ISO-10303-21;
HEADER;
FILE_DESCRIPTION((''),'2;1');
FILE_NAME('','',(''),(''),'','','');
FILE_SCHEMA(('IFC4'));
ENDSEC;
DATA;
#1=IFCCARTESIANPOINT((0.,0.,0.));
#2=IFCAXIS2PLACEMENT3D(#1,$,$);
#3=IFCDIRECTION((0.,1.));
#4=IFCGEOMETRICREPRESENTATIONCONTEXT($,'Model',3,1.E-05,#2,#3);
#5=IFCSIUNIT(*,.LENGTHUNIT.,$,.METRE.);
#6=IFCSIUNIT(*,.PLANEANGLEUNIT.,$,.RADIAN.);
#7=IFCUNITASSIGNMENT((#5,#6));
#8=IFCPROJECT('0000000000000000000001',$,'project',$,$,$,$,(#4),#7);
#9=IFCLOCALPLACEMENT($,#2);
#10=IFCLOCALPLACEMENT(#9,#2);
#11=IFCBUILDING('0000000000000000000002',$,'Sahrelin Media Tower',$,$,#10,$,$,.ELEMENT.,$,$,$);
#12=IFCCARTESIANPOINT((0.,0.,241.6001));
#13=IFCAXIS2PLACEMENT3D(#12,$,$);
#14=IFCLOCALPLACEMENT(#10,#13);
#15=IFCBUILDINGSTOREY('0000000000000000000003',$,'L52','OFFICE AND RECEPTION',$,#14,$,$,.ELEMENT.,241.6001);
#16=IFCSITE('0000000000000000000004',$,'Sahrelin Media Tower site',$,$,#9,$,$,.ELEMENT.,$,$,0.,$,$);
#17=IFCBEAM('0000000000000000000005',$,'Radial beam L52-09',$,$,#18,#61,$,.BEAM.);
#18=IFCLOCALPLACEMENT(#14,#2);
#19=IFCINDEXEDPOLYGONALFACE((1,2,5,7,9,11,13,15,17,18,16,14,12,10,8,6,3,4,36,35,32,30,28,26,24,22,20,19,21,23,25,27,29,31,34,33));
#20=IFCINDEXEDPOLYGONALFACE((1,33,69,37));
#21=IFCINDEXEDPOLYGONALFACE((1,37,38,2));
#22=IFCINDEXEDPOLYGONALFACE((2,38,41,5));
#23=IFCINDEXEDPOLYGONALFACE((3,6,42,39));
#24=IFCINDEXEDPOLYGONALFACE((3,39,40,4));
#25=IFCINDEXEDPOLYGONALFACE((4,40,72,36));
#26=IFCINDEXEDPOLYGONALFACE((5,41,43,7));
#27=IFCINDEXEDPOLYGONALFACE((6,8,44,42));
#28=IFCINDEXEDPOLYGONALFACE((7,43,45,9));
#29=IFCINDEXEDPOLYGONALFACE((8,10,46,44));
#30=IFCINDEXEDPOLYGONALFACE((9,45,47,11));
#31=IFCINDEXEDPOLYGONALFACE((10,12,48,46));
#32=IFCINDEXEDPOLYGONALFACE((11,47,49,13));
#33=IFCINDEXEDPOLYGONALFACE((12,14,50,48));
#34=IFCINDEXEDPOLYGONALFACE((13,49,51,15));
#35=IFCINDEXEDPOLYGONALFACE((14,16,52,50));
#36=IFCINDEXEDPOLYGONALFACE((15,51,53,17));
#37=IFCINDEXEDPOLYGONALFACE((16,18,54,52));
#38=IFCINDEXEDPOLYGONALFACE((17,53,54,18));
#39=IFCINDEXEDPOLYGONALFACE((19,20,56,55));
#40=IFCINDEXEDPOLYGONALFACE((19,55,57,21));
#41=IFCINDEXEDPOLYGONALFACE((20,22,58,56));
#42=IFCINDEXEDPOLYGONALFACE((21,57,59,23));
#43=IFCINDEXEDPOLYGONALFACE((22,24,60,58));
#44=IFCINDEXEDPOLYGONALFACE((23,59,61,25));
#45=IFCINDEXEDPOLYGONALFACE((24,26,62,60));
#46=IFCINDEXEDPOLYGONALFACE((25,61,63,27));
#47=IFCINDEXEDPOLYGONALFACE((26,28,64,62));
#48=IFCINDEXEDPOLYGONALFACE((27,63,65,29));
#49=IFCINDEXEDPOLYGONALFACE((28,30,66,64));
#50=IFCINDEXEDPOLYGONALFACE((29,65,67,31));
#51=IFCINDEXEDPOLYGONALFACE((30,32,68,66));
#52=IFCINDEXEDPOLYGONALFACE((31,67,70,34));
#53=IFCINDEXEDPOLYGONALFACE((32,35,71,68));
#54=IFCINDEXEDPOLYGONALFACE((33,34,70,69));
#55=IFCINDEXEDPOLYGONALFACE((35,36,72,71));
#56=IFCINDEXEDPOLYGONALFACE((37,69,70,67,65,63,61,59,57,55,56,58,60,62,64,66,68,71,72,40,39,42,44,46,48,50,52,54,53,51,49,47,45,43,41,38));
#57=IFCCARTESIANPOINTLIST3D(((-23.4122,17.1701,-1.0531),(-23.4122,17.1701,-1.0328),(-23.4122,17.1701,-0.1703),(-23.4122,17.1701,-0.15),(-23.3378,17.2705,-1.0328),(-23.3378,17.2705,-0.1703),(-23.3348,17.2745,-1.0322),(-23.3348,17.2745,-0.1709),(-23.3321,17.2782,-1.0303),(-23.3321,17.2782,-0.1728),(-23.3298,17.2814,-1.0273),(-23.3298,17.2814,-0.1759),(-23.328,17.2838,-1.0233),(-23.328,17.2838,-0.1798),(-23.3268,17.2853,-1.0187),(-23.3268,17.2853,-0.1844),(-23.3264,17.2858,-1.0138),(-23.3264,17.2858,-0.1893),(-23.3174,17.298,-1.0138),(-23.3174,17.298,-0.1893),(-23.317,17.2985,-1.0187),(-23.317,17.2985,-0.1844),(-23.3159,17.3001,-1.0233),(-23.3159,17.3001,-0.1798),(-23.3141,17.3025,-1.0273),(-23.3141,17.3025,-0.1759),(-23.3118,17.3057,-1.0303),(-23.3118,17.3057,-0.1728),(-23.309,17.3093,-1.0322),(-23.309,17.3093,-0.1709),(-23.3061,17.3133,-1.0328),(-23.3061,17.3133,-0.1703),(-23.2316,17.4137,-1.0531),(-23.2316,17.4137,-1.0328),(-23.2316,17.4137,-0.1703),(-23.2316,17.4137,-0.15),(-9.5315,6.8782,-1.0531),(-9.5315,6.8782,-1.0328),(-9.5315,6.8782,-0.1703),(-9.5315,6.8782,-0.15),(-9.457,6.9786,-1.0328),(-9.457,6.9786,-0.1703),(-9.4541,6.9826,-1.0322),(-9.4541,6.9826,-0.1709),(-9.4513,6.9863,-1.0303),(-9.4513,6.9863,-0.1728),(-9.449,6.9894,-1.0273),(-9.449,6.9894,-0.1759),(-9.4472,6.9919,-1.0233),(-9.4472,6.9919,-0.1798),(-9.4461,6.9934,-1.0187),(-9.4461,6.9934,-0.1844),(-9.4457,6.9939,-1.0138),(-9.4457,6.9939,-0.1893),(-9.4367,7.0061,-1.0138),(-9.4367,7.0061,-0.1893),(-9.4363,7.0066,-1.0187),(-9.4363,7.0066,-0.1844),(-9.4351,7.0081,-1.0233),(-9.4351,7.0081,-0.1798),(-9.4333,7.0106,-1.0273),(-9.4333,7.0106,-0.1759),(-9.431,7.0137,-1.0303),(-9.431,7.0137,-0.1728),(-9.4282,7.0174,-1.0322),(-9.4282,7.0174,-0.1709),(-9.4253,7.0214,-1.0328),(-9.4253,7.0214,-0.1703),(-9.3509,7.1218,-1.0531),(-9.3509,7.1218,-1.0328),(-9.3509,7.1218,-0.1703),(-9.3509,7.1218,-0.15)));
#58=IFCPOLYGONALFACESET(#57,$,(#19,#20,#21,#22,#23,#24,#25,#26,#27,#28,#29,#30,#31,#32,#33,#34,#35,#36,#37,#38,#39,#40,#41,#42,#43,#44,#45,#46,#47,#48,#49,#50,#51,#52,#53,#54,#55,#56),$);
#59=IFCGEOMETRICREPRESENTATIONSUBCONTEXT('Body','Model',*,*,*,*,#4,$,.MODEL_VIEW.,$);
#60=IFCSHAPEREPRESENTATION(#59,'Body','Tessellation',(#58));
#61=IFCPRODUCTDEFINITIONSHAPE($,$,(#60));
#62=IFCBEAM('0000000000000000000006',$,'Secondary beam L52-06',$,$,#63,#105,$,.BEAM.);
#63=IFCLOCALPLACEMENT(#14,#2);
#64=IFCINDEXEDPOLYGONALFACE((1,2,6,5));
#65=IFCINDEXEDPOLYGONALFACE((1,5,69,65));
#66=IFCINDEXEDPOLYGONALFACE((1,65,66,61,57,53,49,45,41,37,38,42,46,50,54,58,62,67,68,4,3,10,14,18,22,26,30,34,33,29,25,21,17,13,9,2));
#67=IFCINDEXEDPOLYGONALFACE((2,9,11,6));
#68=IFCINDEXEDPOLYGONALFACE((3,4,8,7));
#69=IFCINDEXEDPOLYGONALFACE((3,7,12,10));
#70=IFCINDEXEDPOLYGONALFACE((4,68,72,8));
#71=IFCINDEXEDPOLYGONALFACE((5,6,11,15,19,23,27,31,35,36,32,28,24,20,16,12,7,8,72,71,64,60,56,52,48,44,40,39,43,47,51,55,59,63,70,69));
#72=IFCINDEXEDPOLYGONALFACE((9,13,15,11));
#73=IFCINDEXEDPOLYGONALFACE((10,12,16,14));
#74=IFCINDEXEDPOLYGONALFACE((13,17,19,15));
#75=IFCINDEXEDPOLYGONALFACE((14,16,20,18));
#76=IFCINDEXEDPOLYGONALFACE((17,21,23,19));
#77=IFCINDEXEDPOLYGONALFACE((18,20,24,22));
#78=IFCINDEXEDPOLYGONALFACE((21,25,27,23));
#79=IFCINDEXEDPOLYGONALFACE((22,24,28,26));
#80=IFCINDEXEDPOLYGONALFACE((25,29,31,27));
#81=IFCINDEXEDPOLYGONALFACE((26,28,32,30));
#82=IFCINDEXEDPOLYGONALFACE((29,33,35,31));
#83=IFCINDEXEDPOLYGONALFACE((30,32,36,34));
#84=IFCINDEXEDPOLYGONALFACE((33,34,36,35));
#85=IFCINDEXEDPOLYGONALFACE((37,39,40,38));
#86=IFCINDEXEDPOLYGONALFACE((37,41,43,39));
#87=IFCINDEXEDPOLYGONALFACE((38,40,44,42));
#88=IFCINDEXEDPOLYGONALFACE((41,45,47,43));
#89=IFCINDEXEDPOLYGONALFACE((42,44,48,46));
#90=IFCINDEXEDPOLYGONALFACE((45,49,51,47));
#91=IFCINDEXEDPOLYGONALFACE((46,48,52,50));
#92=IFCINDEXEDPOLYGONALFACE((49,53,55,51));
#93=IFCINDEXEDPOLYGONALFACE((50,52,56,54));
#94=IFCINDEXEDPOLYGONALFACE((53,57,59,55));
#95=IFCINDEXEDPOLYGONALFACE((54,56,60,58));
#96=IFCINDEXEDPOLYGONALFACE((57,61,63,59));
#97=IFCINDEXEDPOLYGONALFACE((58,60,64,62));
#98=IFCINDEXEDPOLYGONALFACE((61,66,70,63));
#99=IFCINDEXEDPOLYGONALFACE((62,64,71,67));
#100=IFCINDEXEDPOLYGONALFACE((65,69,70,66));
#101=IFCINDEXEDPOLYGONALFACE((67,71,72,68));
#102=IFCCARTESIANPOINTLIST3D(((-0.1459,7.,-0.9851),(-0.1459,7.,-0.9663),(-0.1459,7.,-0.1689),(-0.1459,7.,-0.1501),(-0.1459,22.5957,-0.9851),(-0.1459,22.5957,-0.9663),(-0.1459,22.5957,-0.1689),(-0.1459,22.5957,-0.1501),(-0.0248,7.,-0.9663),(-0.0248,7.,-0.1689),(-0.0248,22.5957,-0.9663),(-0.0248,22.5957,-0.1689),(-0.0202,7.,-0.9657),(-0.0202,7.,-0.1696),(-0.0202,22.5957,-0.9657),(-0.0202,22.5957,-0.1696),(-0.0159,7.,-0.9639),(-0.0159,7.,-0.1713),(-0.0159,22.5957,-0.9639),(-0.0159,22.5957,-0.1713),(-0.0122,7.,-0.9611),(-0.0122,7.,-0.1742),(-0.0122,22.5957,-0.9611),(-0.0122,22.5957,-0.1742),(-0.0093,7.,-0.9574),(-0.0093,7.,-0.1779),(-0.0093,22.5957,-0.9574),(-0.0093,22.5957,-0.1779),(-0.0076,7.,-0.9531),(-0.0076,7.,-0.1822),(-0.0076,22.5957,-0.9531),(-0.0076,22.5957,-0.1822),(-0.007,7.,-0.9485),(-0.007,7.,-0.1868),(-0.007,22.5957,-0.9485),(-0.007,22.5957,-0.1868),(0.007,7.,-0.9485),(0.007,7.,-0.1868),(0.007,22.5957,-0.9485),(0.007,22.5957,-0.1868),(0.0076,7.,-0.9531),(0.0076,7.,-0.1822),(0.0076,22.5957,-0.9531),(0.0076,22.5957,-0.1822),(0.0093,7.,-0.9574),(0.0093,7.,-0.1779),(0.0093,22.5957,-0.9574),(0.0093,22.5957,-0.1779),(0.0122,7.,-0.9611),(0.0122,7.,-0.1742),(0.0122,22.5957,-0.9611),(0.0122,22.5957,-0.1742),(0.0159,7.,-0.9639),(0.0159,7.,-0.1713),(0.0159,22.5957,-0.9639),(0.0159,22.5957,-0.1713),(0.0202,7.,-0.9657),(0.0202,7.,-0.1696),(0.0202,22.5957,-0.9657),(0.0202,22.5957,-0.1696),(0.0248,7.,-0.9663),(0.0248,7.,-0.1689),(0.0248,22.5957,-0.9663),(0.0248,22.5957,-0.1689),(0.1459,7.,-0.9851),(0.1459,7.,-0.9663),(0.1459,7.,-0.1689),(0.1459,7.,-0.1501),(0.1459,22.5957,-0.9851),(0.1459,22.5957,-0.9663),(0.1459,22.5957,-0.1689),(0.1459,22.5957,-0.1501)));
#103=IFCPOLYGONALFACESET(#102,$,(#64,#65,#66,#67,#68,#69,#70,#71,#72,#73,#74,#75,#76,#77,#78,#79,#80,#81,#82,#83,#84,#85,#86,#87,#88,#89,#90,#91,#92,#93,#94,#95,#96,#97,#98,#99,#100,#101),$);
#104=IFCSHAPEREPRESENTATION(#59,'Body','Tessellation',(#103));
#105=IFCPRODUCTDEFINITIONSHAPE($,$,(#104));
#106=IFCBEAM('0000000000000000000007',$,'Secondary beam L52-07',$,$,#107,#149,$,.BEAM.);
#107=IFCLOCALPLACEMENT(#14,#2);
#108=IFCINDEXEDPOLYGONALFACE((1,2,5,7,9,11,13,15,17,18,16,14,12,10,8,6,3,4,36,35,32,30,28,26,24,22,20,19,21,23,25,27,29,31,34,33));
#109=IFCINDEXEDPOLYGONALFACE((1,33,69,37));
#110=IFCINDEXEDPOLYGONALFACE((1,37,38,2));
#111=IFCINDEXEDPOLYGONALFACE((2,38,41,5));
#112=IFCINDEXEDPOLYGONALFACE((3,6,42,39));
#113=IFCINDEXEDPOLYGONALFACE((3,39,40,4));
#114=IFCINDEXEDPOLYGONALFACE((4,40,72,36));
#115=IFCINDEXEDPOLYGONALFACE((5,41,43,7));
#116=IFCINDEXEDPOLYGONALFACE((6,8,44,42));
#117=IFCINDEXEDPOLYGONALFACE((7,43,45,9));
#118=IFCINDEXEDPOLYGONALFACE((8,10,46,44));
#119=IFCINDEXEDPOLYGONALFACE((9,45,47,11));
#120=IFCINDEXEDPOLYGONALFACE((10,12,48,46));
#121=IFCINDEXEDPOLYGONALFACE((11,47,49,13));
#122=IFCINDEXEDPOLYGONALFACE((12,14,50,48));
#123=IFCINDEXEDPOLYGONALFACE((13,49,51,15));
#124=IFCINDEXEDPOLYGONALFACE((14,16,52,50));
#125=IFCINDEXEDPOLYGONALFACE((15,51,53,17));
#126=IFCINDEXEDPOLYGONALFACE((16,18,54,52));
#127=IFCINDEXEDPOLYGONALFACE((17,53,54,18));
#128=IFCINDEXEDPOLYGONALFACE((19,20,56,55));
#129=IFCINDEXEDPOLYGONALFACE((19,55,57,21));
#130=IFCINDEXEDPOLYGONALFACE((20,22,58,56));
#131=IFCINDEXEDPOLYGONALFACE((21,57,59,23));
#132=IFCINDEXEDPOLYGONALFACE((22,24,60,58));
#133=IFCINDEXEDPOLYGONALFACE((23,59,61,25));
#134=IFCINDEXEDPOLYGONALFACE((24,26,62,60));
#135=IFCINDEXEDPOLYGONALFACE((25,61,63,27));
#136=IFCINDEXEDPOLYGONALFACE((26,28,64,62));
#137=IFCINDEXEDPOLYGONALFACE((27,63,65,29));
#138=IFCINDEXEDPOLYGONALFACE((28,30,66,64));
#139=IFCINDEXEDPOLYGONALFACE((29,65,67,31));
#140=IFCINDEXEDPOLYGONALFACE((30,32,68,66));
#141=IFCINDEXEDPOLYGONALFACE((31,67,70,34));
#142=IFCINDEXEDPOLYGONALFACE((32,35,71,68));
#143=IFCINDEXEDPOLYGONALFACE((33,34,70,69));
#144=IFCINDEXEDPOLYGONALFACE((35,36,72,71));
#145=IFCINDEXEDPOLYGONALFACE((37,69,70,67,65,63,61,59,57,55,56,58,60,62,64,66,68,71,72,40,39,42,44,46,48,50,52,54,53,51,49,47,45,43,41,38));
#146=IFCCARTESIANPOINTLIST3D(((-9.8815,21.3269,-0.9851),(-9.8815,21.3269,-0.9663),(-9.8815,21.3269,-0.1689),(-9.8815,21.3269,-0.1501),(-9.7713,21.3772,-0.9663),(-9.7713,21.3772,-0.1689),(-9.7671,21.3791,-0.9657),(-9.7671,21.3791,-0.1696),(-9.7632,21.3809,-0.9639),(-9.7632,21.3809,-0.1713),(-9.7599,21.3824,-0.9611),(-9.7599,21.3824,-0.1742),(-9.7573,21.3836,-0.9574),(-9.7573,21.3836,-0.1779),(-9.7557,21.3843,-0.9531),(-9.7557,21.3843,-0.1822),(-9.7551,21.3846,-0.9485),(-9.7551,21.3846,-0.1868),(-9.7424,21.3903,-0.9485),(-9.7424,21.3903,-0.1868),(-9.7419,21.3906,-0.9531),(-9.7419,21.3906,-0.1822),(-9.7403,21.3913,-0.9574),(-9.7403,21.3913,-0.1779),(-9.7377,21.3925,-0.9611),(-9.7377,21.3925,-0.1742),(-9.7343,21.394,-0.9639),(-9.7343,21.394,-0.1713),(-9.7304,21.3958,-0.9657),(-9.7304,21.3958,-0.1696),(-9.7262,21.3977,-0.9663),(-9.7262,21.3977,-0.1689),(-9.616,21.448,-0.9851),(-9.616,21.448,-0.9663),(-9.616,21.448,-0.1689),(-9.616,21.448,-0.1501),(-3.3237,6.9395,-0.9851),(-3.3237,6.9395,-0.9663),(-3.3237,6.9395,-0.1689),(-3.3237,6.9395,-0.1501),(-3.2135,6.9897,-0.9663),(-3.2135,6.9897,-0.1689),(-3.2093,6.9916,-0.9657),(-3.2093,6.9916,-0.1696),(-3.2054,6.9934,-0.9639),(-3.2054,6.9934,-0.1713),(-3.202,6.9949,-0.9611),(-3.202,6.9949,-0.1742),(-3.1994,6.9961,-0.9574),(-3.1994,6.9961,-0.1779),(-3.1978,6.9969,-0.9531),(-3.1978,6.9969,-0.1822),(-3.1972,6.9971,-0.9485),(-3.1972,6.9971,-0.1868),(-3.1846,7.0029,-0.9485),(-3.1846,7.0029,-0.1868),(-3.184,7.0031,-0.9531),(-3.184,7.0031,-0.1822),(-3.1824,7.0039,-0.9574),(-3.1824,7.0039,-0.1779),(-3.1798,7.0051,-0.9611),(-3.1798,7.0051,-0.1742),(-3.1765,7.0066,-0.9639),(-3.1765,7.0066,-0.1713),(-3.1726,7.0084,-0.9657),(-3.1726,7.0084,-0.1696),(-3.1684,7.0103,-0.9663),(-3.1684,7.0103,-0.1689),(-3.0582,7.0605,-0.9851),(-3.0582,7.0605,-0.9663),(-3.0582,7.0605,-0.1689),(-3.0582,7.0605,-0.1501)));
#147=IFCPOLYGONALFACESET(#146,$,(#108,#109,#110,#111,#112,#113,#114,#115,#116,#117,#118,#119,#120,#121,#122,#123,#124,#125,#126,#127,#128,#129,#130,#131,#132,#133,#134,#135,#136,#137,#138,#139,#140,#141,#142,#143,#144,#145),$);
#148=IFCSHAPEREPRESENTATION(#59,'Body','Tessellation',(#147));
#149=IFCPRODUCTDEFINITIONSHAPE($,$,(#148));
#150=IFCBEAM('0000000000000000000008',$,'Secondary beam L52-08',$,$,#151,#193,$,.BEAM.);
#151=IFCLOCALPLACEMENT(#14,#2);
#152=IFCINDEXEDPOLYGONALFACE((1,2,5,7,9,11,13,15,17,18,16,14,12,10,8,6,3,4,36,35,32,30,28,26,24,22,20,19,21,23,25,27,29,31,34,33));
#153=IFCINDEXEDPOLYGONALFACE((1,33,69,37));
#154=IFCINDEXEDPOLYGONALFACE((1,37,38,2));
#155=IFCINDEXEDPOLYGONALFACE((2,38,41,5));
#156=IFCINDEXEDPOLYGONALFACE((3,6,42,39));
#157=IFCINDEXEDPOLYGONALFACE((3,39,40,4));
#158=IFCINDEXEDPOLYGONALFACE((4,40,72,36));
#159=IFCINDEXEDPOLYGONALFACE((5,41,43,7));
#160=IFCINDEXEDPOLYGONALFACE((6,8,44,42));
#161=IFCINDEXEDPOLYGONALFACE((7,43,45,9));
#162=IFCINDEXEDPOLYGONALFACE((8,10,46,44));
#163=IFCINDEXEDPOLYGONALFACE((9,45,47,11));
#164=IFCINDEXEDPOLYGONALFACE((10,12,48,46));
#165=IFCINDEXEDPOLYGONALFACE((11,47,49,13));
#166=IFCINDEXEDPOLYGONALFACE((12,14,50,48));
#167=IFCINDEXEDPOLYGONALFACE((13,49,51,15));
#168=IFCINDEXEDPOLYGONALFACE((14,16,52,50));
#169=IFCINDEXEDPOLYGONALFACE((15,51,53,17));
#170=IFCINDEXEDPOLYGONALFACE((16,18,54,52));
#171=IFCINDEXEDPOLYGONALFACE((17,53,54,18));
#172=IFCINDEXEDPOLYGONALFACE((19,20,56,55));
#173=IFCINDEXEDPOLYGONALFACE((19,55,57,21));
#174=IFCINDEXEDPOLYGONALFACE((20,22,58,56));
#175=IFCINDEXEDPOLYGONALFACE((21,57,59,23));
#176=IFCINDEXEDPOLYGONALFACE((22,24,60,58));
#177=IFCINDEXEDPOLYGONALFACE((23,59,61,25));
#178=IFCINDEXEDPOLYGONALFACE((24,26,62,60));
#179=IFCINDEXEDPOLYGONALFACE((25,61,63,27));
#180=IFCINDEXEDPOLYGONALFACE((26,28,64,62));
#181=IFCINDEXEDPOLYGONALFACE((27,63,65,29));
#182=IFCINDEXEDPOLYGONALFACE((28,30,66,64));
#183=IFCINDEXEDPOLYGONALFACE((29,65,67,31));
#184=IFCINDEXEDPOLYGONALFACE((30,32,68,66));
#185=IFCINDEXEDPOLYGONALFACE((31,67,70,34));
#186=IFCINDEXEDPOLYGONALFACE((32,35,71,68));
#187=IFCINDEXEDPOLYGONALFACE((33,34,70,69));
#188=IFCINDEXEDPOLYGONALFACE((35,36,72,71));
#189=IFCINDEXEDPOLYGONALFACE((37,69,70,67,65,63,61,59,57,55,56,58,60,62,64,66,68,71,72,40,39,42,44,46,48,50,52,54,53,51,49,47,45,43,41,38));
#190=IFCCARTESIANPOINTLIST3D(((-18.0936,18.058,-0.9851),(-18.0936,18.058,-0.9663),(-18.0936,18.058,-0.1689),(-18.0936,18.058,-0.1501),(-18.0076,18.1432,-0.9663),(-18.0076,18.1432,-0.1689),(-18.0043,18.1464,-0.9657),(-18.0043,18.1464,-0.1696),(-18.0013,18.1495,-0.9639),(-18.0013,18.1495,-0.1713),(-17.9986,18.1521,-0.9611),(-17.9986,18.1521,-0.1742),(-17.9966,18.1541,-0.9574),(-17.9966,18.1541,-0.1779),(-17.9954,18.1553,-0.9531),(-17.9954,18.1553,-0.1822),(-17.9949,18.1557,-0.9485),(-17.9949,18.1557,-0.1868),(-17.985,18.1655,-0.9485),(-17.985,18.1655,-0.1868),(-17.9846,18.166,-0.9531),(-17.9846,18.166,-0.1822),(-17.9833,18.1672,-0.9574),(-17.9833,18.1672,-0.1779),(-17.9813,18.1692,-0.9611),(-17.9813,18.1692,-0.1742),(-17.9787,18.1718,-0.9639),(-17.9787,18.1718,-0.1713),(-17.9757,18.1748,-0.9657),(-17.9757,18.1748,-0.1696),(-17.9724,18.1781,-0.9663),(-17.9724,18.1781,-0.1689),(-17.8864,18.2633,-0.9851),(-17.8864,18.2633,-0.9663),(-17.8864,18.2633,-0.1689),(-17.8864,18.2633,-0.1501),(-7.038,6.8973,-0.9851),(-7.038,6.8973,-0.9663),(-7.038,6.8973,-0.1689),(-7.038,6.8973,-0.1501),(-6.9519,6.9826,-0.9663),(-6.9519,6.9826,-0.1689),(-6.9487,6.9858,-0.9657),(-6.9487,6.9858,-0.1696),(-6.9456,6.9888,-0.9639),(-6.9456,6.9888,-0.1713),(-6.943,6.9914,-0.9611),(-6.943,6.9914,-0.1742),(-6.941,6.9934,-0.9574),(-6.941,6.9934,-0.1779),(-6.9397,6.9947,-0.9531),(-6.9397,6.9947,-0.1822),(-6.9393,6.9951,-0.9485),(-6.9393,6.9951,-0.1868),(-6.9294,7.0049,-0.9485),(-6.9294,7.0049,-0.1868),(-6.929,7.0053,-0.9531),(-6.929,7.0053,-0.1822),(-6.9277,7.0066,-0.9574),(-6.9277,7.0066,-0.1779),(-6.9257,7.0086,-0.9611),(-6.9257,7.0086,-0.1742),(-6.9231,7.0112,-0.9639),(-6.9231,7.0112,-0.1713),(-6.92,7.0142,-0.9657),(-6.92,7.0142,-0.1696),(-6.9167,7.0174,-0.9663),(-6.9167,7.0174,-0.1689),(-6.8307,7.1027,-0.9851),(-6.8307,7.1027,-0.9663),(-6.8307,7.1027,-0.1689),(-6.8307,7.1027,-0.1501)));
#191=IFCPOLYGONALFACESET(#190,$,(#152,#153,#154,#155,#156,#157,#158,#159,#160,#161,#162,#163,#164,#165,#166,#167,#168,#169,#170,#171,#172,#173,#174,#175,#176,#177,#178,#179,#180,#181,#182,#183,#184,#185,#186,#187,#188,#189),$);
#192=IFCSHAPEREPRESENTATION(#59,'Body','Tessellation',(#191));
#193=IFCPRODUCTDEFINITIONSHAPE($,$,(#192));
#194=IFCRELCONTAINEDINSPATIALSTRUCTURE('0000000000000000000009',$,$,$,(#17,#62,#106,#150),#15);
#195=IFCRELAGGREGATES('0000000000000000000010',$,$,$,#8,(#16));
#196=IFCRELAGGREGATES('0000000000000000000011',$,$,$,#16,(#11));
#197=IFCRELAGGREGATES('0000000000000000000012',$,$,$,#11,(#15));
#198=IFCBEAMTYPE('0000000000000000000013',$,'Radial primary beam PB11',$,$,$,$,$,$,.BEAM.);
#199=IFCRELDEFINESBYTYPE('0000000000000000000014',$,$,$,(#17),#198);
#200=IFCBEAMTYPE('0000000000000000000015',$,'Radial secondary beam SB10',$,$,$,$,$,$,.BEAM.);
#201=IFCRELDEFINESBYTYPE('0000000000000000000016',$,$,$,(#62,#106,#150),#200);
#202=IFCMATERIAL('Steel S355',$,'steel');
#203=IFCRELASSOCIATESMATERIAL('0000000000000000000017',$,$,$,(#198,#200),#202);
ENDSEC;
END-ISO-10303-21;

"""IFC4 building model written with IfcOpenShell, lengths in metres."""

from ifc_helpers import new_model, si_unit, direction, frame, origin, origin_2d, place, context, subcontext, project, spatial, i_section, extrude, material, material_profile, profile_set, type_object, element, save


model = new_model("IFC4")

# Units and contexts
model_context = context("Model", 3, precision=1e-05, world=origin(), true_north=direction((0.0, 1.0)))
body_context = subcontext(model_context, "Body", "Model", "MODEL_VIEW")
ifc_project = project(units=[si_unit("LENGTHUNIT", "METRE"), si_unit("PLANEANGLEUNIT", "RADIAN")], contexts=[model_context])

# Site, building, storey
site_placement = place(None, origin())
site = spatial("IfcSite", under=ifc_project, at=site_placement, Name="Sahrelin Media Tower site", CompositionType="ELEMENT", RefElevation=0.0)
building_placement = place(site_placement, origin())
building = spatial("IfcBuilding", under=site, at=building_placement, Name="Sahrelin Media Tower", CompositionType="ELEMENT")
storey_placement = place(building_placement, frame((0.0, 0.0, 241.6001)))
storey = spatial("IfcBuildingStorey", under=building, at=storey_placement, Name="L52", Description="OFFICE AND RECEPTION", CompositionType="ELEMENT", Elevation=241.6001)

# Shared definitions
ifc_material_1 = material(Name="Steel S355", Category="steel")

# Beams
ifc_material_profile_1 = material_profile(ifc_material_1, i_section(OverallWidth=0.3032, OverallDepth=0.9031, WebThickness=0.0151, FlangeThickness=0.0203, FilletRadius=0.019, at=origin_2d()), Name="UB 914x305x201")
ifc_profile_set_1 = profile_set([ifc_material_profile_1], Name="Steel S355")
beam_type_1 = type_object("IfcBeamType", Name="Radial primary beam PB11", PredefinedType="BEAM", material=ifc_profile_set_1)
beam_1_placement = place(storey_placement, frame((-9.4412, 7.0, -0.6016), z_axis=(-0.803284, 0.595596, 0.0), x_axis=(-0.595596, -0.803284, 0.0)))
element("IfcBeam", 1, at=beam_1_placement, inside=storey, type_object=beam_type_1, Name="Radial beam L52-09", PredefinedType="BEAM", context=body_context, shape_type="SweptSolid", body=[
    extrude(i_section(OverallWidth=0.3032, OverallDepth=0.9031, WebThickness=0.0151, FlangeThickness=0.0203, FilletRadius=0.019, at=origin_2d()), origin(), (0.0, 0.0, 1.0), 17.28),
])
ifc_material_profile_2 = material_profile(ifc_material_1, i_section(OverallWidth=0.2917, OverallDepth=0.835, WebThickness=0.0139, FlangeThickness=0.0188, FilletRadius=0.0178, at=origin_2d()), Name="UB 838x292x176")
ifc_profile_set_2 = profile_set([ifc_material_profile_2], Name="Steel S355")
beam_type_2 = type_object("IfcBeamType", Name="Radial secondary beam SB10", PredefinedType="BEAM", material=ifc_profile_set_2)
beam_2_placement = place(storey_placement, frame((0.0, 7.0, -0.5676), z_axis=(0.0, 1.0, 0.0), x_axis=(-1.0, 0.0, 0.0)))
element("IfcBeam", 2, at=beam_2_placement, inside=storey, type_object=beam_type_2, Name="Secondary beam L52-06", PredefinedType="BEAM", context=body_context, shape_type="SweptSolid", body=[
    extrude(i_section(OverallWidth=0.2917, OverallDepth=0.835, WebThickness=0.0139, FlangeThickness=0.0188, FilletRadius=0.0178, at=origin_2d()), origin(), (0.0, 0.0, 1.0), 15.5957),
])
beam_3_placement = place(storey_placement, frame((-3.1909, 7.0, -0.5676), z_axis=(-0.414752, 0.909934, 0.0), x_axis=(-0.909934, -0.414752, 0.0)))
element("IfcBeam", 3, at=beam_3_placement, inside=storey, type_object=beam_type_2, Name="Secondary beam L52-07", PredefinedType="BEAM", context=body_context, shape_type="SweptSolid", body=[
    extrude(i_section(OverallWidth=0.2917, OverallDepth=0.835, WebThickness=0.0139, FlangeThickness=0.0188, FilletRadius=0.0178, at=origin_2d()), origin(), (0.0, 0.0, 1.0), 15.8115),
])
beam_4_placement = place(storey_placement, frame((-6.9343, 7.0, -0.5676), z_axis=(-0.703758, 0.71044, 0.0), x_axis=(-0.71044, -0.703758, 0.0)))
element("IfcBeam", 4, at=beam_4_placement, inside=storey, type_object=beam_type_2, Name="Secondary beam L52-08", PredefinedType="BEAM", context=body_context, shape_type="SweptSolid", body=[
    extrude(i_section(OverallWidth=0.2917, OverallDepth=0.835, WebThickness=0.0139, FlangeThickness=0.0188, FilletRadius=0.0178, at=origin_2d()), origin(), (0.0, 0.0, 1.0), 15.7095),
])

save(model, "model.ifc")
